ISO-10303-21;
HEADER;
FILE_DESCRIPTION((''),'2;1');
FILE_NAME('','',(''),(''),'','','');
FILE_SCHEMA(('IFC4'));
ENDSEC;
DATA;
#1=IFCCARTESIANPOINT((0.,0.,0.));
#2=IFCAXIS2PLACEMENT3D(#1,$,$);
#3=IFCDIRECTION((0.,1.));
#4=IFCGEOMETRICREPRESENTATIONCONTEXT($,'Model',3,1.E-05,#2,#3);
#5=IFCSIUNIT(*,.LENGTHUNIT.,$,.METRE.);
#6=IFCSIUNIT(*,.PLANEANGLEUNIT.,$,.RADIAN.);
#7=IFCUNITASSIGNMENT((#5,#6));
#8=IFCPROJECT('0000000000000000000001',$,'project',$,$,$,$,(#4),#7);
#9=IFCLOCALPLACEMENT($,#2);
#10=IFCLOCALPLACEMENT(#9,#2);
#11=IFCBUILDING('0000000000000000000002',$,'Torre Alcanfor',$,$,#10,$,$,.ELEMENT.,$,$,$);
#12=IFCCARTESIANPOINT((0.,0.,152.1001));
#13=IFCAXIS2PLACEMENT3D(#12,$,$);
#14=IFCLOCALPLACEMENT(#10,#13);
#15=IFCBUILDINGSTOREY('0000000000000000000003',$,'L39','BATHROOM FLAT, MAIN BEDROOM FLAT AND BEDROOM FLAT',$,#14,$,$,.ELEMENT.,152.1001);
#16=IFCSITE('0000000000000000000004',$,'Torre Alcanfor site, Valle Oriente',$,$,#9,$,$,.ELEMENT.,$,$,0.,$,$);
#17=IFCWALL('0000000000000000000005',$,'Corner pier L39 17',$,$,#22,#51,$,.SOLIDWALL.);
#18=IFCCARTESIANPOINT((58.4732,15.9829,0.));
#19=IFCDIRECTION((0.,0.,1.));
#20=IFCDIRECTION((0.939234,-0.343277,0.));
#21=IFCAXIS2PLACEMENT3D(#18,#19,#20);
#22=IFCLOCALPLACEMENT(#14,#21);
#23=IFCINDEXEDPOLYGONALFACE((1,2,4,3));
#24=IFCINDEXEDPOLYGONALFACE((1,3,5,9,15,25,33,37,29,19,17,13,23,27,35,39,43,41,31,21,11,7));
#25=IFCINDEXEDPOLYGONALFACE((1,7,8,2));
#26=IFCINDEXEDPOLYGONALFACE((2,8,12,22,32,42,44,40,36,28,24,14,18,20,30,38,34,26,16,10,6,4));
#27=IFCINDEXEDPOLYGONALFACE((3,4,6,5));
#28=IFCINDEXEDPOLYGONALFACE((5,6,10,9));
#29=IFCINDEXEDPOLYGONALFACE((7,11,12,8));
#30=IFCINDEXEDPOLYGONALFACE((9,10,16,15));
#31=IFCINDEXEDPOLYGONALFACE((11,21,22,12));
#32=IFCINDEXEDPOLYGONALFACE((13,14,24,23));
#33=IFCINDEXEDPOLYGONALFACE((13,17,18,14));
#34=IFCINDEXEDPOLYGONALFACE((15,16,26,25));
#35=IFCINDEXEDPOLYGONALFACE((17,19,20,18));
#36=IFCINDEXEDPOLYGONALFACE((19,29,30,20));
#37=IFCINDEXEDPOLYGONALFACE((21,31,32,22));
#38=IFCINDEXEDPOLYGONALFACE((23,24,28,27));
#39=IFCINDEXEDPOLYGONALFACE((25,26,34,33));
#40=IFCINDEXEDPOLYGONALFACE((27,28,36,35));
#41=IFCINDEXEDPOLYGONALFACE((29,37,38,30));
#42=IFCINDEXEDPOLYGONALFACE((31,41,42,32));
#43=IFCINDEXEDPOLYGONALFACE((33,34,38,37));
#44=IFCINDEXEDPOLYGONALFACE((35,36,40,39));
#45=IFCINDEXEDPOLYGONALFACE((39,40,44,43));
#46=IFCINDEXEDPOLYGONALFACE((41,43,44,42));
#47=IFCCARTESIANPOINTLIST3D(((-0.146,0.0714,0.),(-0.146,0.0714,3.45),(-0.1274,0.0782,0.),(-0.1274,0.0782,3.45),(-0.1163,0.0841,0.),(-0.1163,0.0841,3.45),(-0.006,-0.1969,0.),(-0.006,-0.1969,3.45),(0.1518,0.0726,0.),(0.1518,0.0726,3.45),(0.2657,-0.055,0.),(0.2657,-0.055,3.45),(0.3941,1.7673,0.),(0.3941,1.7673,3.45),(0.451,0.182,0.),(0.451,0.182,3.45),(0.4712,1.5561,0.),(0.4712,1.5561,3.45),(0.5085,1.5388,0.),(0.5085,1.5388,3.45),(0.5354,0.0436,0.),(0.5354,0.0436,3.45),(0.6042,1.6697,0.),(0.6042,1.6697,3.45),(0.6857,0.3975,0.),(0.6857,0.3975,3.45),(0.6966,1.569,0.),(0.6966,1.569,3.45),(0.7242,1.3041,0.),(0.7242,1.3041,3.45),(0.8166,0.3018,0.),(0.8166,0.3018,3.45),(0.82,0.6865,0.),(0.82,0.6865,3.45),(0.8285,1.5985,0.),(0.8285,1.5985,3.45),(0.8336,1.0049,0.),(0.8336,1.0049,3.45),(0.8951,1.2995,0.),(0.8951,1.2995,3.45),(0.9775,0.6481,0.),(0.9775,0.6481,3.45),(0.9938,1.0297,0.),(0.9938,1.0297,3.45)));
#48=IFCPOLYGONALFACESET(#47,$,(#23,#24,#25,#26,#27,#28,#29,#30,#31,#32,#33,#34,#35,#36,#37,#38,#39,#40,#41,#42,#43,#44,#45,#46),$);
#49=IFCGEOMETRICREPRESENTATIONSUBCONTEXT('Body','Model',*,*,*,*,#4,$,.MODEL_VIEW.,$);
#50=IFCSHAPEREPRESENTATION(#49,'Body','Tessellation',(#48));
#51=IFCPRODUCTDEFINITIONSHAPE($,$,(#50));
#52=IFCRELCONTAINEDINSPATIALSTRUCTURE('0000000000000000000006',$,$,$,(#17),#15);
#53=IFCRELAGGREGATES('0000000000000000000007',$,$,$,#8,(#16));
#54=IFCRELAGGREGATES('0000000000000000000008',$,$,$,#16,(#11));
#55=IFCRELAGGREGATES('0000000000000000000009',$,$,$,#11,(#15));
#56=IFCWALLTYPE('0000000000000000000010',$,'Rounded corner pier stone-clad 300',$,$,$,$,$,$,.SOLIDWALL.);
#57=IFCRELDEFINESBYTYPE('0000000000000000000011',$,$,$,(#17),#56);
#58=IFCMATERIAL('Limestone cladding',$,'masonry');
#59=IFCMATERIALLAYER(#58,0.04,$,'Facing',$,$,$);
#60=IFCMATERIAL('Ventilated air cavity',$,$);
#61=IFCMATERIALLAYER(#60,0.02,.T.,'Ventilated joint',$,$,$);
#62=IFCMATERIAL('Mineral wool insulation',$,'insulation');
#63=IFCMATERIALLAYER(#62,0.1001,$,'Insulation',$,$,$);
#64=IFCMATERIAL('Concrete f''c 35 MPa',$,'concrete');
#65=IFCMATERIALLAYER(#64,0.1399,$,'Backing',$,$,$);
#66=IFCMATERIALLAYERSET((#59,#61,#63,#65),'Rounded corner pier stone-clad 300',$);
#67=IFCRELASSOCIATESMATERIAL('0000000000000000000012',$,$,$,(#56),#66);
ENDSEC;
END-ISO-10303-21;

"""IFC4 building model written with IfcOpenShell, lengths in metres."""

from ifc_helpers import new_model, si_unit, direction, frame, origin, place, context, subcontext, project, spatial, polyline, outline, extrude, material, layer, layer_set, type_object, element, save


model = new_model("IFC4")

# Units and contexts
model_context = context("Model", 3, precision=1e-05, world=origin(), true_north=direction((0.0, 1.0)))
body_context = subcontext(model_context, "Body", "Model", "MODEL_VIEW")
ifc_project = project(units=[si_unit("LENGTHUNIT", "METRE"), si_unit("PLANEANGLEUNIT", "RADIAN")], contexts=[model_context])

# Site, building, storey
site_placement = place(None, origin())
site = spatial("IfcSite", under=ifc_project, at=site_placement, Name="Torre Alcanfor site, Valle Oriente", CompositionType="ELEMENT", RefElevation=0.0)
building_placement = place(site_placement, origin())
building = spatial("IfcBuilding", under=site, at=building_placement, Name="Torre Alcanfor", CompositionType="ELEMENT")
storey_placement = place(building_placement, frame((0.0, 0.0, 152.1001)))
storey = spatial("IfcBuildingStorey", under=building, at=storey_placement, Name="L39", Description="BATHROOM FLAT, MAIN BEDROOM FLAT AND BEDROOM FLAT", CompositionType="ELEMENT", Elevation=152.1001)

# Wall
ifc_material_1 = material(Name="Limestone cladding", Category="masonry")
ifc_layer_1 = layer(ifc_material_1, 0.04, Name="Facing")
ifc_material_2 = material(Name="Ventilated air cavity")
ifc_layer_2 = layer(ifc_material_2, 0.02, ventilated=True, Name="Ventilated joint")
ifc_material_3 = material(Name="Mineral wool insulation", Category="insulation")
ifc_layer_3 = layer(ifc_material_3, 0.1001, Name="Insulation")
ifc_material_4 = material(Name="Concrete f'c 35 MPa", Category="concrete")
ifc_layer_4 = layer(ifc_material_4, 0.1399, Name="Backing")
ifc_layer_set_1 = layer_set([ifc_layer_1, ifc_layer_2, ifc_layer_3, ifc_layer_4], Name="Rounded corner pier stone-clad 300")
wall_type_1 = type_object("IfcWallType", Name="Rounded corner pier stone-clad 300", PredefinedType="SOLIDWALL", material=ifc_layer_set_1)
wall_1_placement = place(storey_placement, frame((58.4732, 15.9829, 0.0), z_axis=(0.0, 0.0, 1.0), x_axis=(0.939234, -0.343277, 0.0)))
element("IfcWall", 1, at=wall_1_placement, inside=storey, type_object=wall_type_1, Name="Corner pier L39 17", PredefinedType="SOLIDWALL", context=body_context, shape_type="SweptSolid", body=[
    extrude(outline(polyline([(0.8285, 1.5985), (0.6966, 1.569), (0.6042, 1.6697), (0.3941, 1.7673), (0.4712, 1.5561), (0.5085, 1.5388), (0.7242, 1.3041), (0.8336, 1.0049), (0.82, 0.6865), (0.6857, 0.3975), (0.451, 0.182), (0.1518, 0.0726), (-0.1163, 0.0841), (-0.1274, 0.0782), (-0.146, 0.0714), (-0.006, -0.1969), (0.2657, -0.055), (0.5354, 0.0436), (0.8166, 0.3018), (0.9775, 0.6481), (0.9938, 1.0297), (0.8951, 1.2995), (0.8285, 1.5985)])), origin(), (0.0, 0.0, 1.0), 3.45),
])

save(model, "model.ifc")
